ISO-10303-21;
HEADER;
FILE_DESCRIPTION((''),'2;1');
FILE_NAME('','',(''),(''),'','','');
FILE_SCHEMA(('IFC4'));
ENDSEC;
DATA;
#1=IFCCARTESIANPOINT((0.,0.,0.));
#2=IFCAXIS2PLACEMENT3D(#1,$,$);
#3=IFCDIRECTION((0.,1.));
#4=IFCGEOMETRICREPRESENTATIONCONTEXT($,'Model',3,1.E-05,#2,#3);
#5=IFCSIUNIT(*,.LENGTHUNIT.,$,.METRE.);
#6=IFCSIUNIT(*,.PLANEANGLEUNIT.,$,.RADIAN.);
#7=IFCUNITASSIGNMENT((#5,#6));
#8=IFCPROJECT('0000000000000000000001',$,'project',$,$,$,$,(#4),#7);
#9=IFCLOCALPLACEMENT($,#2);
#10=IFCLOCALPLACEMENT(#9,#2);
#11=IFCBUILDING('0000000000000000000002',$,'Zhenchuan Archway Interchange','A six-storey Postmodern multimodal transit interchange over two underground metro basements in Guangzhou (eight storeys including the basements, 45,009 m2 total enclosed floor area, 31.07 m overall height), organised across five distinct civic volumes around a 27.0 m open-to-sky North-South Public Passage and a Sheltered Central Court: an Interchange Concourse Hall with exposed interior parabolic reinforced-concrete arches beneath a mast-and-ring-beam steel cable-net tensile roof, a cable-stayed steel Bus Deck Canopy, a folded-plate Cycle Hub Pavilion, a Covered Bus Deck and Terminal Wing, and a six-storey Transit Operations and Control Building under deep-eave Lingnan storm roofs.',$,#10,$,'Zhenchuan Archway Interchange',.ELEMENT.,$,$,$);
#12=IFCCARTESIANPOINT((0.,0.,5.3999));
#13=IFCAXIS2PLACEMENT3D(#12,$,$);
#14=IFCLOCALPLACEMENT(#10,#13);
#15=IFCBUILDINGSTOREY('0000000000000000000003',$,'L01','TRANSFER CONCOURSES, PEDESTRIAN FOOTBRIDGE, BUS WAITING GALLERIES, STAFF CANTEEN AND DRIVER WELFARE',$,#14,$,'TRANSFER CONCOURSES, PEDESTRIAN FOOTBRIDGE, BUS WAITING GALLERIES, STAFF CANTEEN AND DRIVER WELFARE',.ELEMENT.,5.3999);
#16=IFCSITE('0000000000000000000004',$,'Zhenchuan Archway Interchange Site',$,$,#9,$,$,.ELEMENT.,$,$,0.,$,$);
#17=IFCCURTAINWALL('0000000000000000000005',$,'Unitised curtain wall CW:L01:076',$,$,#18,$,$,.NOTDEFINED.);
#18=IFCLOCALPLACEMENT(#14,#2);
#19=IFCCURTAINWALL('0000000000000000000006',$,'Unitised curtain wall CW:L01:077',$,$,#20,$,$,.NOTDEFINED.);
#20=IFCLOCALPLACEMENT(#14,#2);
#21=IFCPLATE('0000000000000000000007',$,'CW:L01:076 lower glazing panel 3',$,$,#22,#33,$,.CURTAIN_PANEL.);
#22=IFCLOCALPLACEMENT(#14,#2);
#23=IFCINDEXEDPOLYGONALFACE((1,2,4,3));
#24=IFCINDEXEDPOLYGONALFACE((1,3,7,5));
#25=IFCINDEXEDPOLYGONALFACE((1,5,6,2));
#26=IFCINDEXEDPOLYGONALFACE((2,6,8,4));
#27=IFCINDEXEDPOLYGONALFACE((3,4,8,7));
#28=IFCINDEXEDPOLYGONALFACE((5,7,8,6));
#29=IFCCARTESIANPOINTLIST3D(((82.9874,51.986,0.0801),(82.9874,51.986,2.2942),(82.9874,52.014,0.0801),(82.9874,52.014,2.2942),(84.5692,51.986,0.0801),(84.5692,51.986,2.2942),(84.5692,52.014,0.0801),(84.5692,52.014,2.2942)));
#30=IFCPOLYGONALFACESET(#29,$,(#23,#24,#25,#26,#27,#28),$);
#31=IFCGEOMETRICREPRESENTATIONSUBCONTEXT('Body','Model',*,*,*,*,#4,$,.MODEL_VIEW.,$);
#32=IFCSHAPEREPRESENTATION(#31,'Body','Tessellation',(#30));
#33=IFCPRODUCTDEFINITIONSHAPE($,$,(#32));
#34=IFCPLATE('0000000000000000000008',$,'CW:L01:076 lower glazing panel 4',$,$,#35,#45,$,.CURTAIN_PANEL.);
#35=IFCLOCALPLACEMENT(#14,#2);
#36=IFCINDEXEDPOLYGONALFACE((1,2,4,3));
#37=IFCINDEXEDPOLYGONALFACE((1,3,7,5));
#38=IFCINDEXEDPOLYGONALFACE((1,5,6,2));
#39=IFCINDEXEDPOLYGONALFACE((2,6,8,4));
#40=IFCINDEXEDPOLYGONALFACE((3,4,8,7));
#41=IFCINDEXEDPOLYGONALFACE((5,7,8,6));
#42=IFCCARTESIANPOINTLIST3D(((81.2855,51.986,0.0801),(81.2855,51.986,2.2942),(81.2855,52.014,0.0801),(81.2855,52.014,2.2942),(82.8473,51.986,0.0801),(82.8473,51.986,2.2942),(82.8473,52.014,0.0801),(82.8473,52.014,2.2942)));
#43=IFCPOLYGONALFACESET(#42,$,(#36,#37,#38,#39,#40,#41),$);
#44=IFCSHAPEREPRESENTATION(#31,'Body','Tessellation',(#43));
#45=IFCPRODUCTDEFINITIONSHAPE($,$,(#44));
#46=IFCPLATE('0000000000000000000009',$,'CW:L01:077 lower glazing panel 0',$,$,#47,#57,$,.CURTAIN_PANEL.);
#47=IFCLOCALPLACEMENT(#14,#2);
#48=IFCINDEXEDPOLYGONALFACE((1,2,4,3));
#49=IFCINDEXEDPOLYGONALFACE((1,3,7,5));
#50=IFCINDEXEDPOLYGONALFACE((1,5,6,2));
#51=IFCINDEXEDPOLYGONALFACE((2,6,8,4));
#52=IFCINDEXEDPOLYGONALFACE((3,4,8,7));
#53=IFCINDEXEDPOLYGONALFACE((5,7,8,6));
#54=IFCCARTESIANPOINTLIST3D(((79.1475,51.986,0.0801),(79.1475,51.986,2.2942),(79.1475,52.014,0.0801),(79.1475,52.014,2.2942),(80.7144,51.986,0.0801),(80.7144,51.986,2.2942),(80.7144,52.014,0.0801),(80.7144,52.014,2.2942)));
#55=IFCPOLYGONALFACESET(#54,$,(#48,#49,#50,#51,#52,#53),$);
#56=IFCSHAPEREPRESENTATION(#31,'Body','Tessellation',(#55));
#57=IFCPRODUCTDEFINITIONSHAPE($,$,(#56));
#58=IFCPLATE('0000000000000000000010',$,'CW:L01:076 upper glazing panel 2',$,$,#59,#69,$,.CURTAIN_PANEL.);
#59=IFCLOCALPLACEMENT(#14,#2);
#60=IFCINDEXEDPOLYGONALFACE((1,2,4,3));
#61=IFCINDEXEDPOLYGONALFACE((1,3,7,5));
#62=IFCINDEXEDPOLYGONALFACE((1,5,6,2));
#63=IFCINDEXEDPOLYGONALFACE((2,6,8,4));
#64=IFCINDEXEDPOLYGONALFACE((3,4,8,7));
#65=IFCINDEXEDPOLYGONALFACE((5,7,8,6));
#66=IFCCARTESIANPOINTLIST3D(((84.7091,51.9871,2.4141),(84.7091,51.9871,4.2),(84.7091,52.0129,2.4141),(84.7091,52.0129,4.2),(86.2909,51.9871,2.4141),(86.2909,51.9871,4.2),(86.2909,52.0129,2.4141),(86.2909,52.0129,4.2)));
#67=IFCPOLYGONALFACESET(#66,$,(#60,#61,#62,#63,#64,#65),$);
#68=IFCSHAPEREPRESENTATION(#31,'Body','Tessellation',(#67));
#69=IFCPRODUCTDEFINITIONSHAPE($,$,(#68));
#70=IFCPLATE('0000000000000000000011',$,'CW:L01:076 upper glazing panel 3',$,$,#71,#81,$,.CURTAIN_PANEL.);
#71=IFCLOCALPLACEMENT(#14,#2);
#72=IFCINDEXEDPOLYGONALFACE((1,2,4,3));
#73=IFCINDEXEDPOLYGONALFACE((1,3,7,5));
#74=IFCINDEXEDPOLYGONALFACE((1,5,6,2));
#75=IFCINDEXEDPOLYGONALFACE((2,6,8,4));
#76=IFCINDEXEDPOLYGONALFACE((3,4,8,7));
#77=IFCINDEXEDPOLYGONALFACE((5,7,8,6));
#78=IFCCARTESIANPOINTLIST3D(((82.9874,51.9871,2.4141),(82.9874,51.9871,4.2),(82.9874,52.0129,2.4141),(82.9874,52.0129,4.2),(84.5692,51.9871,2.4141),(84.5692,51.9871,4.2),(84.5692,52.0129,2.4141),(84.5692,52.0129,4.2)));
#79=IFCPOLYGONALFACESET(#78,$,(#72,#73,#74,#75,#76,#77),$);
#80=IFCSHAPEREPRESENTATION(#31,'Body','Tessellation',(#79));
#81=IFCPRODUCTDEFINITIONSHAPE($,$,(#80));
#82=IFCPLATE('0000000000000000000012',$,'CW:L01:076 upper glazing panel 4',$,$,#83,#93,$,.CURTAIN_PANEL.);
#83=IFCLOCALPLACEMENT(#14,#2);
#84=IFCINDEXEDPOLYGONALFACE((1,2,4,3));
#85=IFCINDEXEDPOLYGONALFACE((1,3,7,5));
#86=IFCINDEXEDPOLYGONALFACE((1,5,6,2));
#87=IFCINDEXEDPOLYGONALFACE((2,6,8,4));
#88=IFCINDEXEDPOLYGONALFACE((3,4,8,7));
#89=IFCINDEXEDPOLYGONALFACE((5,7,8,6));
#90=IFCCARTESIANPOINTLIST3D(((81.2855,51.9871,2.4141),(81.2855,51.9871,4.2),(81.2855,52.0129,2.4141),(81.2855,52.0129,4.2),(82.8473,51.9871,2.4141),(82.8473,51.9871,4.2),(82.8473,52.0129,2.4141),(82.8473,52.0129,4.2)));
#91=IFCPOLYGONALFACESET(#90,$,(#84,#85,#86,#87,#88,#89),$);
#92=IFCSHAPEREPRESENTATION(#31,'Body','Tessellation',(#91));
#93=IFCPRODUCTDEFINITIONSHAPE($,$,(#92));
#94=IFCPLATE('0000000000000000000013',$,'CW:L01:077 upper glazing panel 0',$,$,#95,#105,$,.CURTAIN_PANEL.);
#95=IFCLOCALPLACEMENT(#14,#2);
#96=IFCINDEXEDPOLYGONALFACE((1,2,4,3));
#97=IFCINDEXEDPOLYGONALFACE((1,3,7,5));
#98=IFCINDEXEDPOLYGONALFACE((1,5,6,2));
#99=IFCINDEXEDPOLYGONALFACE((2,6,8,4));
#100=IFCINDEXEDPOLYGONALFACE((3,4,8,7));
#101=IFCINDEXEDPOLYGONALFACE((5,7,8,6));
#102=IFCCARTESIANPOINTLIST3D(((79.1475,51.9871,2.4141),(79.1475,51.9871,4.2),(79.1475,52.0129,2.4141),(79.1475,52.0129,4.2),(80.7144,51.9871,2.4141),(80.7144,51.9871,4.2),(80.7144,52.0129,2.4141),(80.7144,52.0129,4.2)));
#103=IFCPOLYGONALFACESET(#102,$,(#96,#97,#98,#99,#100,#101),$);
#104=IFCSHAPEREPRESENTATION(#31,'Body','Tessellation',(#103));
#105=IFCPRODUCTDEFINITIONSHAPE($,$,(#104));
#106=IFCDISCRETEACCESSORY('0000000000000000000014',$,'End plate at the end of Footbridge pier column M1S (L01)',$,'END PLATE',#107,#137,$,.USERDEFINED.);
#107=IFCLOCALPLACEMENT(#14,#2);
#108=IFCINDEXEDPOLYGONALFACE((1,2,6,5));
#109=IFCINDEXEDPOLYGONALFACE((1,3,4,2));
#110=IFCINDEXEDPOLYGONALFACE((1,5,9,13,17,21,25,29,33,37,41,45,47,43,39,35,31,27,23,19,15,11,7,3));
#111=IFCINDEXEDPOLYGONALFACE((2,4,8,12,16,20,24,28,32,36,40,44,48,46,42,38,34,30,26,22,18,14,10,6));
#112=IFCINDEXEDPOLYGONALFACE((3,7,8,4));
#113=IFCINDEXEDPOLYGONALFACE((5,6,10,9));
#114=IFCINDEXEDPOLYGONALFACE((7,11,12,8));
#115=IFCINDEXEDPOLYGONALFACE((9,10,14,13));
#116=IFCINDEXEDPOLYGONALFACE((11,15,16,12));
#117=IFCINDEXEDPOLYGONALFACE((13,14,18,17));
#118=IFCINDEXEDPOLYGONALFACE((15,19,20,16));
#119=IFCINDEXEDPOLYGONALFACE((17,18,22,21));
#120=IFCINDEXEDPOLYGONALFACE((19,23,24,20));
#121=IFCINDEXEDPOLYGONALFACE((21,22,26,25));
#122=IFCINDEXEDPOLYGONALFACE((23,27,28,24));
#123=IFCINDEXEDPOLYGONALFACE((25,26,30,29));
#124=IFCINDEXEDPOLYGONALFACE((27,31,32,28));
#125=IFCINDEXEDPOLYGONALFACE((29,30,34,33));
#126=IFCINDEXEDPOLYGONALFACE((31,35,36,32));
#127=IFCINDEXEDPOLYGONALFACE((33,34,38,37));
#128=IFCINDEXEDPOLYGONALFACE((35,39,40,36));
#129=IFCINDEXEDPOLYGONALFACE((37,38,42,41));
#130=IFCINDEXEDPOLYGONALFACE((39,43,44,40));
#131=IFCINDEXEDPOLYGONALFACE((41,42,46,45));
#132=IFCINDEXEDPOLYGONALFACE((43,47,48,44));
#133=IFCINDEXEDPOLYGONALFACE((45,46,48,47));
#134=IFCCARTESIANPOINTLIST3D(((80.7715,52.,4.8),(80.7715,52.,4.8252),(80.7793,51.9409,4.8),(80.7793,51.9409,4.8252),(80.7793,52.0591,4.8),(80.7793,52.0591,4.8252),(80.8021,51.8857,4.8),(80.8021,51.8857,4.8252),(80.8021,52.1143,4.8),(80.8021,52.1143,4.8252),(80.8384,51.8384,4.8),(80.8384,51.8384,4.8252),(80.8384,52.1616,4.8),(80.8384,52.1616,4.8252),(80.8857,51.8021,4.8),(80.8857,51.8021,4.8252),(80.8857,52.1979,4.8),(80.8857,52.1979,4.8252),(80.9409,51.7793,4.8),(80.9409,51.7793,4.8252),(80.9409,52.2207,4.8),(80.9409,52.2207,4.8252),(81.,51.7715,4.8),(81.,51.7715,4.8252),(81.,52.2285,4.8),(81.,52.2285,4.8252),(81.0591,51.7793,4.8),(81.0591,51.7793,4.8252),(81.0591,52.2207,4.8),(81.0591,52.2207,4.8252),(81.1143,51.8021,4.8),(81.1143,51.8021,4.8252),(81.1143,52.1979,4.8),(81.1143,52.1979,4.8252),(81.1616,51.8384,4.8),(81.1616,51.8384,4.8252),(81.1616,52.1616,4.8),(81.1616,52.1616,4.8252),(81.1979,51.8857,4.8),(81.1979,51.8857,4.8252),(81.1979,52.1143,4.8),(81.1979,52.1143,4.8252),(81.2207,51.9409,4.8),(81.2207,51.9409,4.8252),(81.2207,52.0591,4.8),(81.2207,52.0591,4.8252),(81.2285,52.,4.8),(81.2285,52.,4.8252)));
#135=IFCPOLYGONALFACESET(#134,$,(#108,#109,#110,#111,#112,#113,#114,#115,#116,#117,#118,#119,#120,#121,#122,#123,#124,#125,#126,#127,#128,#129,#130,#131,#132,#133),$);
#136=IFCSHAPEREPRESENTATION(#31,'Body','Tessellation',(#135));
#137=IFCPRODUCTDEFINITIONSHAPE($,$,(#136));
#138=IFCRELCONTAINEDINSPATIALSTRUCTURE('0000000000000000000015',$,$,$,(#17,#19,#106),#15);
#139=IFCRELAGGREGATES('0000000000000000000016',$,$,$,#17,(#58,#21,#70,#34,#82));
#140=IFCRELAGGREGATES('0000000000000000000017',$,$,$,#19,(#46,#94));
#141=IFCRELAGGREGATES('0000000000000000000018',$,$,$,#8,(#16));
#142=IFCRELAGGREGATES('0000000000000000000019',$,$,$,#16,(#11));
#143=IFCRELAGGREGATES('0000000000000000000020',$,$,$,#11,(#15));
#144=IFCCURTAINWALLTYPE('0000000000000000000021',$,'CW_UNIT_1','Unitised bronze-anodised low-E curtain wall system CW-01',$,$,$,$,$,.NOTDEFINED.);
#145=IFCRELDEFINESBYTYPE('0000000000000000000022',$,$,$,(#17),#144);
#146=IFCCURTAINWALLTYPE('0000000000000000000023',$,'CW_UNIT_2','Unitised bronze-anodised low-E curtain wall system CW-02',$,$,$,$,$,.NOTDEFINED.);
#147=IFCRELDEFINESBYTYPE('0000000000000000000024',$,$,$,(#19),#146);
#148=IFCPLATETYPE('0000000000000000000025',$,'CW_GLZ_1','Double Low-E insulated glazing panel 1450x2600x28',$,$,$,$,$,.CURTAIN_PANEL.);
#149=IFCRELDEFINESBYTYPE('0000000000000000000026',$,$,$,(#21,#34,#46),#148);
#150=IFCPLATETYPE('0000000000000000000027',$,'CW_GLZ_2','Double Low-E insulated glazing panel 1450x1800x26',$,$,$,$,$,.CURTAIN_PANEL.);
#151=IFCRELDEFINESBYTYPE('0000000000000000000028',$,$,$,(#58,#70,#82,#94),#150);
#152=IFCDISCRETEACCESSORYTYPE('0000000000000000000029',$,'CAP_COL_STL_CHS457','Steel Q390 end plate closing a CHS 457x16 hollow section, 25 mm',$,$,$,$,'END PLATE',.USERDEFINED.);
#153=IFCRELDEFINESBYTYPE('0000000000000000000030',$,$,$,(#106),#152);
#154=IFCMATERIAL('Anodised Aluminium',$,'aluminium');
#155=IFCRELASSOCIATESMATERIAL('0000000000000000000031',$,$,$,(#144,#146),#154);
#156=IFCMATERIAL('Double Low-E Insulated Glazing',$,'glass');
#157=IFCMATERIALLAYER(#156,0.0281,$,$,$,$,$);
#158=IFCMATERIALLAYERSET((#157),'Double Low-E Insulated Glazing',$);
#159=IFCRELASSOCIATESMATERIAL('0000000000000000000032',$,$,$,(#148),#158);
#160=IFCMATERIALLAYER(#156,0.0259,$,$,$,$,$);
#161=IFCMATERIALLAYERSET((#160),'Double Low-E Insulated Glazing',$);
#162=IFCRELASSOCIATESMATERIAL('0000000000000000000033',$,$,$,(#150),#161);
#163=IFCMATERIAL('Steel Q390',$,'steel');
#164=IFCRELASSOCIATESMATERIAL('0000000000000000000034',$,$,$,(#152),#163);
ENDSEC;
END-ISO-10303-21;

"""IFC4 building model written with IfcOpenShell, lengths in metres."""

from ifc_helpers import new_model, si_unit, direction, frame, origin, origin_2d, place, context, subcontext, project, spatial, rectangle, circle, extrude, material, layer, layer_set, type_object, element, aggregate, save


model = new_model("IFC4")

# Units and contexts
model_context = context("Model", 3, precision=1e-05, world=origin(), true_north=direction((0.0, 1.0)))
body_context = subcontext(model_context, "Body", "Model", "MODEL_VIEW")
ifc_project = project(units=[si_unit("LENGTHUNIT", "METRE"), si_unit("PLANEANGLEUNIT", "RADIAN")], contexts=[model_context])

# Site, building, storey
site_placement = place(None, origin())
site = spatial("IfcSite", under=ifc_project, at=site_placement, Name="Zhenchuan Archway Interchange Site", CompositionType="ELEMENT", RefElevation=0.0)
building_placement = place(site_placement, origin())
building = spatial("IfcBuilding", under=site, at=building_placement, Name="Zhenchuan Archway Interchange", Description="A six-storey Postmodern multimodal transit interchange over two underground metro basements in Guangzhou (eight storeys including the basements, 45,009 m2 total enclosed floor area, 31.07 m overall height), organised across five distinct civic volumes around a 27.0 m open-to-sky North-South Public Passage and a Sheltered Central Court: an Interchange Concourse Hall with exposed interior parabolic reinforced-concrete arches beneath a mast-and-ring-beam steel cable-net tensile roof, a cable-stayed steel Bus Deck Canopy, a folded-plate Cycle Hub Pavilion, a Covered Bus Deck and Terminal Wing, and a six-storey Transit Operations and Control Building under deep-eave Lingnan storm roofs.", LongName="Zhenchuan Archway Interchange", CompositionType="ELEMENT")
storey_placement = place(building_placement, frame((0.0, 0.0, 5.3999)))
storey = spatial("IfcBuildingStorey", under=building, at=storey_placement, Name="L01", Description="TRANSFER CONCOURSES, PEDESTRIAN FOOTBRIDGE, BUS WAITING GALLERIES, STAFF CANTEEN AND DRIVER WELFARE", LongName="TRANSFER CONCOURSES, PEDESTRIAN FOOTBRIDGE, BUS WAITING GALLERIES, STAFF CANTEEN AND DRIVER WELFARE", CompositionType="ELEMENT", Elevation=5.3999)

# Shared definitions
ifc_material_1 = material(Name="Steel Q390", Category="steel")

# Curtain wall
ifc_material_2 = material(Name="Anodised Aluminium", Category="aluminium")
curtain_wall_type_1 = type_object("IfcCurtainWallType", Name="CW_UNIT_1", Description="Unitised bronze-anodised low-E curtain wall system CW-01", PredefinedType="NOTDEFINED", material=ifc_material_2)
curtain_wall_1_placement = place(storey_placement, origin())
curtain_wall_1 = element("IfcCurtainWall", 1, at=curtain_wall_1_placement, inside=storey, type_object=curtain_wall_type_1, Name="Unitised curtain wall CW:L01:076", PredefinedType="NOTDEFINED")

# Curtain wall
curtain_wall_type_2 = type_object("IfcCurtainWallType", Name="CW_UNIT_2", Description="Unitised bronze-anodised low-E curtain wall system CW-02", PredefinedType="NOTDEFINED", material=ifc_material_2)
curtain_wall_2_placement = place(storey_placement, origin())
curtain_wall_2 = element("IfcCurtainWall", 2, at=curtain_wall_2_placement, inside=storey, type_object=curtain_wall_type_2, Name="Unitised curtain wall CW:L01:077", PredefinedType="NOTDEFINED")

# Plates
ifc_material_3 = material(Name="Double Low-E Insulated Glazing", Category="glass")
ifc_layer_1 = layer(ifc_material_3, 0.0281)
ifc_layer_set_1 = layer_set([ifc_layer_1], Name="Double Low-E Insulated Glazing")
plate_type_1 = type_object("IfcPlateType", Name="CW_GLZ_1", Description="Double Low-E insulated glazing panel 1450x2600x28", PredefinedType="CURTAIN_PANEL", material=ifc_layer_set_1)
plate_1_placement = place(storey_placement, frame((83.7783, 52.0, 0.0801), z_axis=(0.0, 0.0, 1.0), x_axis=(-1.0, 0.0, 0.0)))
plate_1 = element("IfcPlate", 3, at=plate_1_placement, type_object=plate_type_1, Name="CW:L01:076 lower glazing panel 3", PredefinedType="CURTAIN_PANEL", context=body_context, shape_type="SweptSolid", body=[
    extrude(rectangle(XDim=1.5818, YDim=0.0281, at=origin_2d()), origin(), (0.0, 0.0, 1.0), 2.2141),
])
plate_2_placement = place(storey_placement, frame((82.0664, 52.0, 0.0801), z_axis=(0.0, 0.0, 1.0), x_axis=(-1.0, 0.0, 0.0)))
plate_2 = element("IfcPlate", 4, at=plate_2_placement, type_object=plate_type_1, Name="CW:L01:076 lower glazing panel 4", PredefinedType="CURTAIN_PANEL", context=body_context, shape_type="SweptSolid", body=[
    extrude(rectangle(XDim=1.5618, YDim=0.0281, at=origin_2d()), origin(), (0.0, 0.0, 1.0), 2.2141),
])
plate_3_placement = place(storey_placement, frame((79.9309, 52.0, 0.0801), z_axis=(0.0, 0.0, 1.0), x_axis=(-1.0, 0.0, 0.0)))
plate_3 = element("IfcPlate", 5, at=plate_3_placement, type_object=plate_type_1, Name="CW:L01:077 lower glazing panel 0", PredefinedType="CURTAIN_PANEL", context=body_context, shape_type="SweptSolid", body=[
    extrude(rectangle(XDim=1.5669, YDim=0.0281, at=origin_2d()), origin(), (0.0, 0.0, 1.0), 2.2141),
])
ifc_layer_2 = layer(ifc_material_3, 0.0259)
ifc_layer_set_2 = layer_set([ifc_layer_2], Name="Double Low-E Insulated Glazing")
plate_type_2 = type_object("IfcPlateType", Name="CW_GLZ_2", Description="Double Low-E insulated glazing panel 1450x1800x26", PredefinedType="CURTAIN_PANEL", material=ifc_layer_set_2)
plate_4_placement = place(storey_placement, frame((85.5, 52.0, 2.4141), z_axis=(0.0, 0.0, 1.0), x_axis=(-1.0, 0.0, 0.0)))
plate_4 = element("IfcPlate", 6, at=plate_4_placement, type_object=plate_type_2, Name="CW:L01:076 upper glazing panel 2", PredefinedType="CURTAIN_PANEL", context=body_context, shape_type="SweptSolid", body=[
    extrude(rectangle(XDim=1.5818, YDim=0.0259, at=origin_2d()), origin(), (0.0, 0.0, 1.0), 1.7859),
])
plate_5_placement = place(storey_placement, frame((83.7783, 52.0, 2.4141), z_axis=(0.0, 0.0, 1.0), x_axis=(-1.0, 0.0, 0.0)))
plate_5 = element("IfcPlate", 7, at=plate_5_placement, type_object=plate_type_2, Name="CW:L01:076 upper glazing panel 3", PredefinedType="CURTAIN_PANEL", context=body_context, shape_type="SweptSolid", body=[
    extrude(rectangle(XDim=1.5818, YDim=0.0259, at=origin_2d()), origin(), (0.0, 0.0, 1.0), 1.7859),
])
plate_6_placement = place(storey_placement, frame((82.0664, 52.0, 2.4141), z_axis=(0.0, 0.0, 1.0), x_axis=(-1.0, 0.0, 0.0)))
plate_6 = element("IfcPlate", 8, at=plate_6_placement, type_object=plate_type_2, Name="CW:L01:076 upper glazing panel 4", PredefinedType="CURTAIN_PANEL", context=body_context, shape_type="SweptSolid", body=[
    extrude(rectangle(XDim=1.5618, YDim=0.0259, at=origin_2d()), origin(), (0.0, 0.0, 1.0), 1.7859),
])
aggregate(curtain_wall_1, [plate_4, plate_1, plate_5, plate_2, plate_6])
plate_7_placement = place(storey_placement, frame((79.9309, 52.0, 2.4141), z_axis=(0.0, 0.0, 1.0), x_axis=(-1.0, 0.0, 0.0)))
plate_7 = element("IfcPlate", 9, at=plate_7_placement, type_object=plate_type_2, Name="CW:L01:077 upper glazing panel 0", PredefinedType="CURTAIN_PANEL", context=body_context, shape_type="SweptSolid", body=[
    extrude(rectangle(XDim=1.5669, YDim=0.0259, at=origin_2d()), origin(), (0.0, 0.0, 1.0), 1.7859),
])
aggregate(curtain_wall_2, [plate_3, plate_7])

# Discrete accessory
discrete_accessory_type = type_object("IfcDiscreteAccessoryType", Name="CAP_COL_STL_CHS457", Description="Steel Q390 end plate closing a CHS 457x16 hollow section, 25 mm", ElementType="END PLATE", PredefinedType="USERDEFINED", material=ifc_material_1)
discrete_accessory_placement = place(storey_placement, frame((81.0, 52.0, 4.8), z_axis=(0.0, 0.0, 1.0), x_axis=(1.0, 0.0, 0.0)))
element("IfcDiscreteAccessory", 10, at=discrete_accessory_placement, inside=storey, type_object=discrete_accessory_type, Name="End plate at the end of Footbridge pier column M1S (L01)", ObjectType="END PLATE", PredefinedType="USERDEFINED", context=body_context, shape_type="SweptSolid", body=[
    extrude(circle(Radius=0.2285, at=origin_2d()), origin(), (0.0, 0.0, 1.0), 0.0251),
])

save(model, "model.ifc")
